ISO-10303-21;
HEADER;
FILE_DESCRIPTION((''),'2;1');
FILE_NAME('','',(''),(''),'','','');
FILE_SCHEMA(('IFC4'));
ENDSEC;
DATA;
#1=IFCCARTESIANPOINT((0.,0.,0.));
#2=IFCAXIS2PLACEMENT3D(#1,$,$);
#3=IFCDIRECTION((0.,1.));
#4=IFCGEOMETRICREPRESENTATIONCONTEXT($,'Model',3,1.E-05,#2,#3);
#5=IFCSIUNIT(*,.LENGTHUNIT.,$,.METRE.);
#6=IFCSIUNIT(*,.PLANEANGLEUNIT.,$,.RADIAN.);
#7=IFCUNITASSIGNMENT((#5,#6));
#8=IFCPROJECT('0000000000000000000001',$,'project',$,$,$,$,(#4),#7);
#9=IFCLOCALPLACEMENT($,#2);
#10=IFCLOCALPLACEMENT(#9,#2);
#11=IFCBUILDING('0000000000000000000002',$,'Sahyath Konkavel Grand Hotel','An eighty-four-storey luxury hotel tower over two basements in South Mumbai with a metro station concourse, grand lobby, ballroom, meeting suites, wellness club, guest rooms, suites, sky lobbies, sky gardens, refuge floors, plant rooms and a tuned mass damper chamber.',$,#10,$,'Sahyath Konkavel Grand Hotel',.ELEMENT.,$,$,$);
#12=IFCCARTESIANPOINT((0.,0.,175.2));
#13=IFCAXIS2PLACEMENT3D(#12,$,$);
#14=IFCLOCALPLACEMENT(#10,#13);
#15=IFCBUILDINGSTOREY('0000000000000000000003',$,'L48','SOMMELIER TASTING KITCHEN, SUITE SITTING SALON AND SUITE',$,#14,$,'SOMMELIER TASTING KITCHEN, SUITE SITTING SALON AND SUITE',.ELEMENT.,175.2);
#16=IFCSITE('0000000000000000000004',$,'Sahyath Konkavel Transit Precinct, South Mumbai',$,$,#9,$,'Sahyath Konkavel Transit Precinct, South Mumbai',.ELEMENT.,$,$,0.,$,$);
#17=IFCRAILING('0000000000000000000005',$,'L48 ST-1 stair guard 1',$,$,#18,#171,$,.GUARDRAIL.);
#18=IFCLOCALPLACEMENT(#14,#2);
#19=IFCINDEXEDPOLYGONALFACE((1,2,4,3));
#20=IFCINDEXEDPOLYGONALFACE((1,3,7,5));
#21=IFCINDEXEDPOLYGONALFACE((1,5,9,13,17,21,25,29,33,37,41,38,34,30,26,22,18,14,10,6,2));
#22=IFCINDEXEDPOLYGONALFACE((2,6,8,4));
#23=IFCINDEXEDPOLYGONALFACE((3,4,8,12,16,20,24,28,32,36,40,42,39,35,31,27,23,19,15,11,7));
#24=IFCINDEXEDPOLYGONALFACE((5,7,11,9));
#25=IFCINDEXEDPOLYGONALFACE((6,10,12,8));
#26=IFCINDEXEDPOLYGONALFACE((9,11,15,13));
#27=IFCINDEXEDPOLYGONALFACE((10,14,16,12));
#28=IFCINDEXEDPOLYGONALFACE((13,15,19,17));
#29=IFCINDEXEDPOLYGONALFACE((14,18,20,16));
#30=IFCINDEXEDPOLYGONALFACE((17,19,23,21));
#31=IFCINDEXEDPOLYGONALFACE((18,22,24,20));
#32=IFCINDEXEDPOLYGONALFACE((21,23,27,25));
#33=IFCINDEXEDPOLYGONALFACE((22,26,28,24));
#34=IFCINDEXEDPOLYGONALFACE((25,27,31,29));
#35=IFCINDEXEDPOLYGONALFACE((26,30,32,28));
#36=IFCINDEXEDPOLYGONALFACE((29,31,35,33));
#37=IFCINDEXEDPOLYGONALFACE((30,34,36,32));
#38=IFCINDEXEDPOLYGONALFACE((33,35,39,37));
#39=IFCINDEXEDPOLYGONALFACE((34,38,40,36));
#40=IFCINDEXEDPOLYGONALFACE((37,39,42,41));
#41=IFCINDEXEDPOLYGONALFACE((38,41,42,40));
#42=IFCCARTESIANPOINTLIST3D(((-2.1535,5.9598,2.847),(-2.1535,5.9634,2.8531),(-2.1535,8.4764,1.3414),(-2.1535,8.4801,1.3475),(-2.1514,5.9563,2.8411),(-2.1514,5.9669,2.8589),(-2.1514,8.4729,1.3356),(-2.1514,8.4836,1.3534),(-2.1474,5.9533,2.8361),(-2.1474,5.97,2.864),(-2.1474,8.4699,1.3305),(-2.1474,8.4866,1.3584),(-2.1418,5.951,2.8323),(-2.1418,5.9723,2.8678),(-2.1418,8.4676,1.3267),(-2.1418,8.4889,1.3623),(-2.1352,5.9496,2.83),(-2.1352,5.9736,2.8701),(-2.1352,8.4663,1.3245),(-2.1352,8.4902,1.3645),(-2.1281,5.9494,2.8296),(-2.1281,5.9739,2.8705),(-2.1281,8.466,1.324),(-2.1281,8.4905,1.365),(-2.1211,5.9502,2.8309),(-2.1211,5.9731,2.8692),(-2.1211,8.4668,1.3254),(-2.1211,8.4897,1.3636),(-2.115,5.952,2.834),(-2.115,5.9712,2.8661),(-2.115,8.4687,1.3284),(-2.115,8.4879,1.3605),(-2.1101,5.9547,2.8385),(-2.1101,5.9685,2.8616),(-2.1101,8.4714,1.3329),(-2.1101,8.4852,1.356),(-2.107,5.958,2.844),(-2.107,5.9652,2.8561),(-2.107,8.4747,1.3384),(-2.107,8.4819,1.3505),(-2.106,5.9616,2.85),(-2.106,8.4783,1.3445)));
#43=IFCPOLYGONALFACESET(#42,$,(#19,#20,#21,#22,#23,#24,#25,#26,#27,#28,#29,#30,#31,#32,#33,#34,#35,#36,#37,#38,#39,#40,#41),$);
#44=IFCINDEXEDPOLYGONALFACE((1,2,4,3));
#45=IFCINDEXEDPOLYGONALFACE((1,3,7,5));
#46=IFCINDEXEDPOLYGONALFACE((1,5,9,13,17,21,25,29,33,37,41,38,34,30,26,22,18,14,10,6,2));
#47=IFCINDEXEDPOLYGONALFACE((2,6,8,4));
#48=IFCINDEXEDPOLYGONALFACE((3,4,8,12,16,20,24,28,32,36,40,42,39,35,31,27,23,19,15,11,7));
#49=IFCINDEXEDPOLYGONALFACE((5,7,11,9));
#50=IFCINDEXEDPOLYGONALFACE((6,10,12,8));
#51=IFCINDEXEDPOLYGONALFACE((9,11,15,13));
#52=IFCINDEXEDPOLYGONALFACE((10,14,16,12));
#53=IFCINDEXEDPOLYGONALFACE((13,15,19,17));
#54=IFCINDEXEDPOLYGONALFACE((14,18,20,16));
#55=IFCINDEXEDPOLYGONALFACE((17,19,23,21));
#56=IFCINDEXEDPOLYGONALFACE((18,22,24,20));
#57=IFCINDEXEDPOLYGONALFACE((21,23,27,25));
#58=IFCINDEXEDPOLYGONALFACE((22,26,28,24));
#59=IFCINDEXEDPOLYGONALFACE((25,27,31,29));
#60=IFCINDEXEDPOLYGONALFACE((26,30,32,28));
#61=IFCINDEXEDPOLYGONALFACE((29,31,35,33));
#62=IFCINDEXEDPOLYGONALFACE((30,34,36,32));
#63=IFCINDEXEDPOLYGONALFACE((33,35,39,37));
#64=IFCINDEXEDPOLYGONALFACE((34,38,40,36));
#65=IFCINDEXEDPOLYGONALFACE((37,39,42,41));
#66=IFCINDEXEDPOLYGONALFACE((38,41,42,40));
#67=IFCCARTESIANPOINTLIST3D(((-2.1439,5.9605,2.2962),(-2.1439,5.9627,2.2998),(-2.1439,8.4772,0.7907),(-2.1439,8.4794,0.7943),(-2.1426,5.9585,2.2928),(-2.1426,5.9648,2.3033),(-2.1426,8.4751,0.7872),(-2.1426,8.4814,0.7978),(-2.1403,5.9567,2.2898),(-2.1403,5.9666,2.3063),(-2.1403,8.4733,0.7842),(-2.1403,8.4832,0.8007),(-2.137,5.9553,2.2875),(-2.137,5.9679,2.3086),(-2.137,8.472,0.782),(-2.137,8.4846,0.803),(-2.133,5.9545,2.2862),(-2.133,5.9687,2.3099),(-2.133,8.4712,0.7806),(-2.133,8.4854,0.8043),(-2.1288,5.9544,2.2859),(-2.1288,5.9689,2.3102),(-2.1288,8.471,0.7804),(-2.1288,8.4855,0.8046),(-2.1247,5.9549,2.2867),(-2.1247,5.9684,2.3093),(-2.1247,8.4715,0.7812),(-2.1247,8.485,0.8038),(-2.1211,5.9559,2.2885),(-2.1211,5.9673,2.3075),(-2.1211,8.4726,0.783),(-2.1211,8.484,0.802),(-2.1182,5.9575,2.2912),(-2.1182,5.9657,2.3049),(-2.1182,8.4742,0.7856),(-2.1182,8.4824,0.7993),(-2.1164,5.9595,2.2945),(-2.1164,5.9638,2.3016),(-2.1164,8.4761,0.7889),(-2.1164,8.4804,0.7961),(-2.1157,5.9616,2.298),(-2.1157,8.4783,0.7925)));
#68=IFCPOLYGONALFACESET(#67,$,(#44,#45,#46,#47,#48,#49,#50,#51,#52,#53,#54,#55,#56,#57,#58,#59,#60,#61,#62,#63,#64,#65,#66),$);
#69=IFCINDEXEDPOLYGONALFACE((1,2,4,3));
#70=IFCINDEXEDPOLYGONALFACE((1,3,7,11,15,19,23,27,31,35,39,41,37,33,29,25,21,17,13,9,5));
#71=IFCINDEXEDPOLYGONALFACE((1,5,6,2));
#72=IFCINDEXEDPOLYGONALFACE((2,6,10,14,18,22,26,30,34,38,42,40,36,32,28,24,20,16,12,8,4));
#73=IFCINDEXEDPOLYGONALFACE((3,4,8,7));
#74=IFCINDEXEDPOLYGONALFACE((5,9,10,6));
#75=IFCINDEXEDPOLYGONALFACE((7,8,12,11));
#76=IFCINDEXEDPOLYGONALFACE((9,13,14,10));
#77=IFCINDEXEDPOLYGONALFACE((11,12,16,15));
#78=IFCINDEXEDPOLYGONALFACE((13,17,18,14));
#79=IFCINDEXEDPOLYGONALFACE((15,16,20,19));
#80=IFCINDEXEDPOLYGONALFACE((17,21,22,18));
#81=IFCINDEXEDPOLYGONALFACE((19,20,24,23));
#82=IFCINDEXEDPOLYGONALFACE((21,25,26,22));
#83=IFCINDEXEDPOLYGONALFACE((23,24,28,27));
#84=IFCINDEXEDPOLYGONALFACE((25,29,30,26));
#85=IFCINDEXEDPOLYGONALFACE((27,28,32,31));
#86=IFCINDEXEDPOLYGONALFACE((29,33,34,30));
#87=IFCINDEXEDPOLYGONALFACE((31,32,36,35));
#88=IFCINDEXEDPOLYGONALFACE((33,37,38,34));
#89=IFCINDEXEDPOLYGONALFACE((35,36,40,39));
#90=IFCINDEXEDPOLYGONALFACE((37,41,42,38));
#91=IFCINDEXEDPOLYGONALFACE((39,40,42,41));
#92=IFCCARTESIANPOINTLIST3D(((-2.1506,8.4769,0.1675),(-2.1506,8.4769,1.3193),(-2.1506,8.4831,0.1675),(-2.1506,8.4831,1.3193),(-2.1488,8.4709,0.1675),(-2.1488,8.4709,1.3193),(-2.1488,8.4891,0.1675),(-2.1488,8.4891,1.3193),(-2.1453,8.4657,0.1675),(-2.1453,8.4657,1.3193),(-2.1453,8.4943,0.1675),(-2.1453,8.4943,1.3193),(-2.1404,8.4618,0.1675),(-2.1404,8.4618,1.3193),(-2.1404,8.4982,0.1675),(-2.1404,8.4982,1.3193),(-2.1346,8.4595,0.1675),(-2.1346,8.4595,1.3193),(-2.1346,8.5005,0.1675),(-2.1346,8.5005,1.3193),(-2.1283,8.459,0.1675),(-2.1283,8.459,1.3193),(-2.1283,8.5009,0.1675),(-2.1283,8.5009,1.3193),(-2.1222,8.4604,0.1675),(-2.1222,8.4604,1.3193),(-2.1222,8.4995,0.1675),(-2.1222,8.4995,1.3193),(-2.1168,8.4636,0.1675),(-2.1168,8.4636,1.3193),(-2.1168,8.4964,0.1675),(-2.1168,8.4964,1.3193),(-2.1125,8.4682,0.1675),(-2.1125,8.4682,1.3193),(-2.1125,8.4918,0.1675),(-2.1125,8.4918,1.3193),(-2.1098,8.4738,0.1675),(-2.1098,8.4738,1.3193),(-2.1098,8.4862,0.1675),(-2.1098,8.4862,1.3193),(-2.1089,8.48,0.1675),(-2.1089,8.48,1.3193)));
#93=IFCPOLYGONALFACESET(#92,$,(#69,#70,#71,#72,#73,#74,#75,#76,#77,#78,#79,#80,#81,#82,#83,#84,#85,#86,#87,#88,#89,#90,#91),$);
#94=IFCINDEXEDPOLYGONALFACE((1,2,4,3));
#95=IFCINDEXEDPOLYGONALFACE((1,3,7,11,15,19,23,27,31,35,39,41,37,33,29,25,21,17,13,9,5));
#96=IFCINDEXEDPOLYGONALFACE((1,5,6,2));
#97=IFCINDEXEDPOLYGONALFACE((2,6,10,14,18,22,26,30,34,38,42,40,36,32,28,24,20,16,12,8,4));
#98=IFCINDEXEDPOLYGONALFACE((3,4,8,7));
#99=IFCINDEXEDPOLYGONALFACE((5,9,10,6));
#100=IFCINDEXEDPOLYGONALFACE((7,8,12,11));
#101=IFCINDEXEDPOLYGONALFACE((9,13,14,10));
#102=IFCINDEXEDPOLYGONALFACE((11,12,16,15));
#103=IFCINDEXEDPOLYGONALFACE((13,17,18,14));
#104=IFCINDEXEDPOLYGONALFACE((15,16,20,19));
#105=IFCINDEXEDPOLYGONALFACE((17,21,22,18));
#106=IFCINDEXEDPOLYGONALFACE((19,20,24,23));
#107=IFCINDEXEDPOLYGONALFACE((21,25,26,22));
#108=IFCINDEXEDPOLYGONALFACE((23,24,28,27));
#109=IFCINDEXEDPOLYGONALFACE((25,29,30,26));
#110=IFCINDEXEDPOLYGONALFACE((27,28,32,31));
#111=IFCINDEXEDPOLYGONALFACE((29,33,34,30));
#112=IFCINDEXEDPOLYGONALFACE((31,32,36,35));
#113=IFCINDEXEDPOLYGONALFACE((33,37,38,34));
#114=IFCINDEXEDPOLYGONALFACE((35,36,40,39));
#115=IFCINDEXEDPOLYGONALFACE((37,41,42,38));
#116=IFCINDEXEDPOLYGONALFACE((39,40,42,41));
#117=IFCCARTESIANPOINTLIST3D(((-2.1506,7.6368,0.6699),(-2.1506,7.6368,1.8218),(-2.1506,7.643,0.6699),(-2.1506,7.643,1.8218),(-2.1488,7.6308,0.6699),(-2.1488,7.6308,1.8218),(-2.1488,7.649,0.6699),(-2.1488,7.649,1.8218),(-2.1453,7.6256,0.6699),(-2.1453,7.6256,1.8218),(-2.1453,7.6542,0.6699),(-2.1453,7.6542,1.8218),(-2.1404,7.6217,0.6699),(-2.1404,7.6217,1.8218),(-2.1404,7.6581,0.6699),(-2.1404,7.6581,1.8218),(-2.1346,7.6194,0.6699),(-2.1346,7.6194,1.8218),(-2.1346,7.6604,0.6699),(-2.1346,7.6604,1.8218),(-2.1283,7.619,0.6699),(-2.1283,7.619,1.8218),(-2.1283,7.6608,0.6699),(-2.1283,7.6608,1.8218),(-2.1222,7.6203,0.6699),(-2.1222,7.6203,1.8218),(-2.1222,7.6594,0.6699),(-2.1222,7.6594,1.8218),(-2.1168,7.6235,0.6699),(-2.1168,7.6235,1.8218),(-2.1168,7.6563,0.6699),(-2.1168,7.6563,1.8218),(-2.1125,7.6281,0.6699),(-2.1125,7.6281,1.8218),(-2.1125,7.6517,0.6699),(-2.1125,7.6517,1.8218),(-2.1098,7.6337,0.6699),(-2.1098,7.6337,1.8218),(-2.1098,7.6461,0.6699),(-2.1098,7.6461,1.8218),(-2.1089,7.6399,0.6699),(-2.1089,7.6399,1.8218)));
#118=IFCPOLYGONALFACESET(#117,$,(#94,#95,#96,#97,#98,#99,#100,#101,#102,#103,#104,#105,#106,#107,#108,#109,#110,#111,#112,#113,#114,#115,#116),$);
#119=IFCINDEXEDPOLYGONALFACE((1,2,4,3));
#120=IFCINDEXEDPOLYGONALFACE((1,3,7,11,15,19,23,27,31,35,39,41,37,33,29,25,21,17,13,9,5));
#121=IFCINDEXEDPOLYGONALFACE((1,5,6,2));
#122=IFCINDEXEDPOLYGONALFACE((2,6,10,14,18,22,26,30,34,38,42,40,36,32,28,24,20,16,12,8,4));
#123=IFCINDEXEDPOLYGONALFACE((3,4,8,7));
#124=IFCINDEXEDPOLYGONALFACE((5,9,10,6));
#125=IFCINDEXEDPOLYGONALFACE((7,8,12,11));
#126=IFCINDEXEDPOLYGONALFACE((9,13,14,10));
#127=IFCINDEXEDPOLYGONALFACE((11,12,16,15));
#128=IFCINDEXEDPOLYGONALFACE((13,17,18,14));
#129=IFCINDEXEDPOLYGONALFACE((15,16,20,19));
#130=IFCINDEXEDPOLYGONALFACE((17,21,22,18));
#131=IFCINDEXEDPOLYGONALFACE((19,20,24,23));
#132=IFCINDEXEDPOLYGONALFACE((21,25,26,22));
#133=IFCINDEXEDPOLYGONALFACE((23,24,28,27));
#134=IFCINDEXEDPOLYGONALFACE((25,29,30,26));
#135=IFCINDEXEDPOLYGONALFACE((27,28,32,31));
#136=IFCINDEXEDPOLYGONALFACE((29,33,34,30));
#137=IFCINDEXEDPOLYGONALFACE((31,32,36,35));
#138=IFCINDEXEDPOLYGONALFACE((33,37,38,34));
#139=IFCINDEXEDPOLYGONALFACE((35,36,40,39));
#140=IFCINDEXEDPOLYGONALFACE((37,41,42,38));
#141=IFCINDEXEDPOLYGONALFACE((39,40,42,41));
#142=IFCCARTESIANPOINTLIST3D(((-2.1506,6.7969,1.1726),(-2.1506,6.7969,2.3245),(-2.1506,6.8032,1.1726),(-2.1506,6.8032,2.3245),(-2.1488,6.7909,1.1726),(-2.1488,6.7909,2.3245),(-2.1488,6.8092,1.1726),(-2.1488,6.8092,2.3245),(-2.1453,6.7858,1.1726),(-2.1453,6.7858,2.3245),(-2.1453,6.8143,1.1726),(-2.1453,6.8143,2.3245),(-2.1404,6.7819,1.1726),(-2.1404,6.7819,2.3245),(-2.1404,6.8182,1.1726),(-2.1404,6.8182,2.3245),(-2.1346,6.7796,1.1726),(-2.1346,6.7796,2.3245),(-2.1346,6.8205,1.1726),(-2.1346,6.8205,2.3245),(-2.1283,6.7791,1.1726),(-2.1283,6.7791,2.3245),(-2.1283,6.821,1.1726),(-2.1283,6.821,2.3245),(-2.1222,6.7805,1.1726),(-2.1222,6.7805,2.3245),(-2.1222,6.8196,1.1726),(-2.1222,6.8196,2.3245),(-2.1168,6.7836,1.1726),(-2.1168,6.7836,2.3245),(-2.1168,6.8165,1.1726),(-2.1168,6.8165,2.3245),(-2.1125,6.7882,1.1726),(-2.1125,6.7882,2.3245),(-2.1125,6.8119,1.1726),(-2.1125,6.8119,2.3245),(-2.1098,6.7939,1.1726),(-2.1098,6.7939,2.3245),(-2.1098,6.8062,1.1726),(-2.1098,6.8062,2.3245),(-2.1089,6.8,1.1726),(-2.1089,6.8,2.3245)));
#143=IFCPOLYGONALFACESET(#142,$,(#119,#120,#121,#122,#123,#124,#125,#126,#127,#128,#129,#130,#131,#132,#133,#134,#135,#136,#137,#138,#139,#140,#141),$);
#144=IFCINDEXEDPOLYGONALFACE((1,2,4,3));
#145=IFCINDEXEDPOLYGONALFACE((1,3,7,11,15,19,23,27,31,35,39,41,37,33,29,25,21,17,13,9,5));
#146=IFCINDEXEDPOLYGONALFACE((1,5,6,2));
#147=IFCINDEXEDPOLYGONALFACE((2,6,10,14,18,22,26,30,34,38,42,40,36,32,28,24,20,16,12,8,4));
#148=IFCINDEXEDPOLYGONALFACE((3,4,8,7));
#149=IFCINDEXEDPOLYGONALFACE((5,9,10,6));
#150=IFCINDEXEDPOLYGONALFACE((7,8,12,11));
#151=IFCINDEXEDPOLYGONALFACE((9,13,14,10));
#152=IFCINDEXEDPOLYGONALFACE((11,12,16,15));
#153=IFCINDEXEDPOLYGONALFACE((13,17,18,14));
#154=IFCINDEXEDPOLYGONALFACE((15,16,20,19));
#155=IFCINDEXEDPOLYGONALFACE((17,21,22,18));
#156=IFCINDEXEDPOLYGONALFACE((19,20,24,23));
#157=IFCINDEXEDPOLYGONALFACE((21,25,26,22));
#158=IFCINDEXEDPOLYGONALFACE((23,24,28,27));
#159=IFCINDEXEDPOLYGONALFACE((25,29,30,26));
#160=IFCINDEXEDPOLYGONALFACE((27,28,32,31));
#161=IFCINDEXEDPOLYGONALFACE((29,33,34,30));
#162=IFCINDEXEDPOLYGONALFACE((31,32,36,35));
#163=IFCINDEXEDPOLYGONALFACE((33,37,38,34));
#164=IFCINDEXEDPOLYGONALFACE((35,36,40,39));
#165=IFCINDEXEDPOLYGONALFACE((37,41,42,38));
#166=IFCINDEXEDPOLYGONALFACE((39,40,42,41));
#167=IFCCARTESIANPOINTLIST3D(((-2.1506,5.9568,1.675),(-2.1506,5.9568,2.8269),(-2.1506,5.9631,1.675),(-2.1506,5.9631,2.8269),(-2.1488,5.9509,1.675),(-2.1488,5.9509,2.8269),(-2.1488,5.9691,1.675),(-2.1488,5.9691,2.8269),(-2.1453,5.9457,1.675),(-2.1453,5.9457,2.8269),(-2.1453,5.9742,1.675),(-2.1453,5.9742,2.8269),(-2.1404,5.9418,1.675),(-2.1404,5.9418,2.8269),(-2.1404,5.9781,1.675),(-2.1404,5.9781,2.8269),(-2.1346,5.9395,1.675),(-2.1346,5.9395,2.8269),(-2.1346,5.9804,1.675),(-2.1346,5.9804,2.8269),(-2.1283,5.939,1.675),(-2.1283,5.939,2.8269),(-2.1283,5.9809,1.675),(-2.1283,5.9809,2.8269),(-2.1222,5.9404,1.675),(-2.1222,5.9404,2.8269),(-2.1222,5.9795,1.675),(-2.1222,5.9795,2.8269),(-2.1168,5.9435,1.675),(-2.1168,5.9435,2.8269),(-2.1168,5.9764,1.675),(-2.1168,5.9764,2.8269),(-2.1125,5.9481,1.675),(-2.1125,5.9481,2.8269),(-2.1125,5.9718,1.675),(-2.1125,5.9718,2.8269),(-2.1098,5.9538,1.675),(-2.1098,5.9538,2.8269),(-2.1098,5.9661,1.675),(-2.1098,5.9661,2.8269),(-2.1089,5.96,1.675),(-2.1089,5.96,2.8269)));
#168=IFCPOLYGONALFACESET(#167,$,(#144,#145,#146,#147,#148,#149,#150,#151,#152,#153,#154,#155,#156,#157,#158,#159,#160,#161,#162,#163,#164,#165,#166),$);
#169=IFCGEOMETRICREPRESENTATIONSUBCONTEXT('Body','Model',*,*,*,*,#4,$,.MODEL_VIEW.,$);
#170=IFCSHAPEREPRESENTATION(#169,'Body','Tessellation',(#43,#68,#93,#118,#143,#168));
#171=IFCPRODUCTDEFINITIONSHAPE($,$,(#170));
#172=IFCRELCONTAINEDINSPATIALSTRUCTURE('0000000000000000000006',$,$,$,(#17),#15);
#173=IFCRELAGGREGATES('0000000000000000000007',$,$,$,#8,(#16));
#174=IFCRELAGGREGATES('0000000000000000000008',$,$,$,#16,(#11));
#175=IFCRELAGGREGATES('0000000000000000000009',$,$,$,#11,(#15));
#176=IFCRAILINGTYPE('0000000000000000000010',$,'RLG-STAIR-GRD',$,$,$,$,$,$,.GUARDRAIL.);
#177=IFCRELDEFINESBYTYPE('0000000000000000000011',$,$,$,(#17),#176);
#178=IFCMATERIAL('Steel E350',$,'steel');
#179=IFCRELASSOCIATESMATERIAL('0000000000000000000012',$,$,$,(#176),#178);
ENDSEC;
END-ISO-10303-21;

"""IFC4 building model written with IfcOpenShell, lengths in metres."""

from ifc_helpers import new_model, si_unit, direction, frame, origin, origin_2d, place, context, subcontext, project, spatial, circle, extrude, material, type_object, element, save


model = new_model("IFC4")

# Units and contexts
model_context = context("Model", 3, precision=1e-05, world=origin(), true_north=direction((0.0, 1.0)))
body_context = subcontext(model_context, "Body", "Model", "MODEL_VIEW")
ifc_project = project(units=[si_unit("LENGTHUNIT", "METRE"), si_unit("PLANEANGLEUNIT", "RADIAN")], contexts=[model_context])

# Site, building, storey
site_placement = place(None, origin())
site = spatial("IfcSite", under=ifc_project, at=site_placement, Name="Sahyath Konkavel Transit Precinct, South Mumbai", LongName="Sahyath Konkavel Transit Precinct, South Mumbai", CompositionType="ELEMENT", RefElevation=0.0)
building_placement = place(site_placement, origin())
building = spatial("IfcBuilding", under=site, at=building_placement, Name="Sahyath Konkavel Grand Hotel", Description="An eighty-four-storey luxury hotel tower over two basements in South Mumbai with a metro station concourse, grand lobby, ballroom, meeting suites, wellness club, guest rooms, suites, sky lobbies, sky gardens, refuge floors, plant rooms and a tuned mass damper chamber.", LongName="Sahyath Konkavel Grand Hotel", CompositionType="ELEMENT")
storey_placement = place(building_placement, frame((0.0, 0.0, 175.2)))
storey = spatial("IfcBuildingStorey", under=building, at=storey_placement, Name="L48", Description="SOMMELIER TASTING KITCHEN, SUITE SITTING SALON AND SUITE", LongName="SOMMELIER TASTING KITCHEN, SUITE SITTING SALON AND SUITE", CompositionType="ELEMENT", Elevation=175.2)

# Shared definitions
ifc_material_1 = material(Name="Steel E350", Category="steel")

# Railing
railing_type = type_object("IfcRailingType", Name="RLG-STAIR-GRD", PredefinedType="GUARDRAIL", material=ifc_material_1)
railing_1_placement = place(storey_placement, frame((-2.1299, 8.48, 0.1675)))
element("IfcRailing", 1, at=railing_1_placement, inside=storey, type_object=railing_type, Name="L48 ST-1 stair guard 1", PredefinedType="GUARDRAIL", context=body_context, shape_type="SweptSolid", body=[
    extrude(circle(Radius=0.0239, at=origin_2d()), frame((0.0, -0.0017, 1.177), z_axis=(0.0, -0.85816, 0.513383), x_axis=(1.0, 0.0, 0.0)), (0.0, 0.0, 1.0), 2.9326),
    extrude(circle(Radius=0.0142, at=origin_2d()), frame((0.0, -0.0017, 0.625), z_axis=(0.0, -0.85816, 0.513383), x_axis=(1.0, 0.0, 0.0)), (0.0, 0.0, 1.0), 2.9326),
    extrude(circle(Radius=0.021, at=origin_2d()), origin(), (0.0, 0.0, 1.0), 1.1519),
    extrude(circle(Radius=0.021, at=origin_2d()), frame((0.0, -0.8401, 0.5024)), (0.0, 0.0, 1.0), 1.1519),
    extrude(circle(Radius=0.021, at=origin_2d()), frame((0.0, -1.6799, 1.0051)), (0.0, 0.0, 1.0), 1.1519),
    extrude(circle(Radius=0.021, at=origin_2d()), frame((0.0, -2.52, 1.5076)), (0.0, 0.0, 1.0), 1.1519),
])

save(model, "model.ifc")
